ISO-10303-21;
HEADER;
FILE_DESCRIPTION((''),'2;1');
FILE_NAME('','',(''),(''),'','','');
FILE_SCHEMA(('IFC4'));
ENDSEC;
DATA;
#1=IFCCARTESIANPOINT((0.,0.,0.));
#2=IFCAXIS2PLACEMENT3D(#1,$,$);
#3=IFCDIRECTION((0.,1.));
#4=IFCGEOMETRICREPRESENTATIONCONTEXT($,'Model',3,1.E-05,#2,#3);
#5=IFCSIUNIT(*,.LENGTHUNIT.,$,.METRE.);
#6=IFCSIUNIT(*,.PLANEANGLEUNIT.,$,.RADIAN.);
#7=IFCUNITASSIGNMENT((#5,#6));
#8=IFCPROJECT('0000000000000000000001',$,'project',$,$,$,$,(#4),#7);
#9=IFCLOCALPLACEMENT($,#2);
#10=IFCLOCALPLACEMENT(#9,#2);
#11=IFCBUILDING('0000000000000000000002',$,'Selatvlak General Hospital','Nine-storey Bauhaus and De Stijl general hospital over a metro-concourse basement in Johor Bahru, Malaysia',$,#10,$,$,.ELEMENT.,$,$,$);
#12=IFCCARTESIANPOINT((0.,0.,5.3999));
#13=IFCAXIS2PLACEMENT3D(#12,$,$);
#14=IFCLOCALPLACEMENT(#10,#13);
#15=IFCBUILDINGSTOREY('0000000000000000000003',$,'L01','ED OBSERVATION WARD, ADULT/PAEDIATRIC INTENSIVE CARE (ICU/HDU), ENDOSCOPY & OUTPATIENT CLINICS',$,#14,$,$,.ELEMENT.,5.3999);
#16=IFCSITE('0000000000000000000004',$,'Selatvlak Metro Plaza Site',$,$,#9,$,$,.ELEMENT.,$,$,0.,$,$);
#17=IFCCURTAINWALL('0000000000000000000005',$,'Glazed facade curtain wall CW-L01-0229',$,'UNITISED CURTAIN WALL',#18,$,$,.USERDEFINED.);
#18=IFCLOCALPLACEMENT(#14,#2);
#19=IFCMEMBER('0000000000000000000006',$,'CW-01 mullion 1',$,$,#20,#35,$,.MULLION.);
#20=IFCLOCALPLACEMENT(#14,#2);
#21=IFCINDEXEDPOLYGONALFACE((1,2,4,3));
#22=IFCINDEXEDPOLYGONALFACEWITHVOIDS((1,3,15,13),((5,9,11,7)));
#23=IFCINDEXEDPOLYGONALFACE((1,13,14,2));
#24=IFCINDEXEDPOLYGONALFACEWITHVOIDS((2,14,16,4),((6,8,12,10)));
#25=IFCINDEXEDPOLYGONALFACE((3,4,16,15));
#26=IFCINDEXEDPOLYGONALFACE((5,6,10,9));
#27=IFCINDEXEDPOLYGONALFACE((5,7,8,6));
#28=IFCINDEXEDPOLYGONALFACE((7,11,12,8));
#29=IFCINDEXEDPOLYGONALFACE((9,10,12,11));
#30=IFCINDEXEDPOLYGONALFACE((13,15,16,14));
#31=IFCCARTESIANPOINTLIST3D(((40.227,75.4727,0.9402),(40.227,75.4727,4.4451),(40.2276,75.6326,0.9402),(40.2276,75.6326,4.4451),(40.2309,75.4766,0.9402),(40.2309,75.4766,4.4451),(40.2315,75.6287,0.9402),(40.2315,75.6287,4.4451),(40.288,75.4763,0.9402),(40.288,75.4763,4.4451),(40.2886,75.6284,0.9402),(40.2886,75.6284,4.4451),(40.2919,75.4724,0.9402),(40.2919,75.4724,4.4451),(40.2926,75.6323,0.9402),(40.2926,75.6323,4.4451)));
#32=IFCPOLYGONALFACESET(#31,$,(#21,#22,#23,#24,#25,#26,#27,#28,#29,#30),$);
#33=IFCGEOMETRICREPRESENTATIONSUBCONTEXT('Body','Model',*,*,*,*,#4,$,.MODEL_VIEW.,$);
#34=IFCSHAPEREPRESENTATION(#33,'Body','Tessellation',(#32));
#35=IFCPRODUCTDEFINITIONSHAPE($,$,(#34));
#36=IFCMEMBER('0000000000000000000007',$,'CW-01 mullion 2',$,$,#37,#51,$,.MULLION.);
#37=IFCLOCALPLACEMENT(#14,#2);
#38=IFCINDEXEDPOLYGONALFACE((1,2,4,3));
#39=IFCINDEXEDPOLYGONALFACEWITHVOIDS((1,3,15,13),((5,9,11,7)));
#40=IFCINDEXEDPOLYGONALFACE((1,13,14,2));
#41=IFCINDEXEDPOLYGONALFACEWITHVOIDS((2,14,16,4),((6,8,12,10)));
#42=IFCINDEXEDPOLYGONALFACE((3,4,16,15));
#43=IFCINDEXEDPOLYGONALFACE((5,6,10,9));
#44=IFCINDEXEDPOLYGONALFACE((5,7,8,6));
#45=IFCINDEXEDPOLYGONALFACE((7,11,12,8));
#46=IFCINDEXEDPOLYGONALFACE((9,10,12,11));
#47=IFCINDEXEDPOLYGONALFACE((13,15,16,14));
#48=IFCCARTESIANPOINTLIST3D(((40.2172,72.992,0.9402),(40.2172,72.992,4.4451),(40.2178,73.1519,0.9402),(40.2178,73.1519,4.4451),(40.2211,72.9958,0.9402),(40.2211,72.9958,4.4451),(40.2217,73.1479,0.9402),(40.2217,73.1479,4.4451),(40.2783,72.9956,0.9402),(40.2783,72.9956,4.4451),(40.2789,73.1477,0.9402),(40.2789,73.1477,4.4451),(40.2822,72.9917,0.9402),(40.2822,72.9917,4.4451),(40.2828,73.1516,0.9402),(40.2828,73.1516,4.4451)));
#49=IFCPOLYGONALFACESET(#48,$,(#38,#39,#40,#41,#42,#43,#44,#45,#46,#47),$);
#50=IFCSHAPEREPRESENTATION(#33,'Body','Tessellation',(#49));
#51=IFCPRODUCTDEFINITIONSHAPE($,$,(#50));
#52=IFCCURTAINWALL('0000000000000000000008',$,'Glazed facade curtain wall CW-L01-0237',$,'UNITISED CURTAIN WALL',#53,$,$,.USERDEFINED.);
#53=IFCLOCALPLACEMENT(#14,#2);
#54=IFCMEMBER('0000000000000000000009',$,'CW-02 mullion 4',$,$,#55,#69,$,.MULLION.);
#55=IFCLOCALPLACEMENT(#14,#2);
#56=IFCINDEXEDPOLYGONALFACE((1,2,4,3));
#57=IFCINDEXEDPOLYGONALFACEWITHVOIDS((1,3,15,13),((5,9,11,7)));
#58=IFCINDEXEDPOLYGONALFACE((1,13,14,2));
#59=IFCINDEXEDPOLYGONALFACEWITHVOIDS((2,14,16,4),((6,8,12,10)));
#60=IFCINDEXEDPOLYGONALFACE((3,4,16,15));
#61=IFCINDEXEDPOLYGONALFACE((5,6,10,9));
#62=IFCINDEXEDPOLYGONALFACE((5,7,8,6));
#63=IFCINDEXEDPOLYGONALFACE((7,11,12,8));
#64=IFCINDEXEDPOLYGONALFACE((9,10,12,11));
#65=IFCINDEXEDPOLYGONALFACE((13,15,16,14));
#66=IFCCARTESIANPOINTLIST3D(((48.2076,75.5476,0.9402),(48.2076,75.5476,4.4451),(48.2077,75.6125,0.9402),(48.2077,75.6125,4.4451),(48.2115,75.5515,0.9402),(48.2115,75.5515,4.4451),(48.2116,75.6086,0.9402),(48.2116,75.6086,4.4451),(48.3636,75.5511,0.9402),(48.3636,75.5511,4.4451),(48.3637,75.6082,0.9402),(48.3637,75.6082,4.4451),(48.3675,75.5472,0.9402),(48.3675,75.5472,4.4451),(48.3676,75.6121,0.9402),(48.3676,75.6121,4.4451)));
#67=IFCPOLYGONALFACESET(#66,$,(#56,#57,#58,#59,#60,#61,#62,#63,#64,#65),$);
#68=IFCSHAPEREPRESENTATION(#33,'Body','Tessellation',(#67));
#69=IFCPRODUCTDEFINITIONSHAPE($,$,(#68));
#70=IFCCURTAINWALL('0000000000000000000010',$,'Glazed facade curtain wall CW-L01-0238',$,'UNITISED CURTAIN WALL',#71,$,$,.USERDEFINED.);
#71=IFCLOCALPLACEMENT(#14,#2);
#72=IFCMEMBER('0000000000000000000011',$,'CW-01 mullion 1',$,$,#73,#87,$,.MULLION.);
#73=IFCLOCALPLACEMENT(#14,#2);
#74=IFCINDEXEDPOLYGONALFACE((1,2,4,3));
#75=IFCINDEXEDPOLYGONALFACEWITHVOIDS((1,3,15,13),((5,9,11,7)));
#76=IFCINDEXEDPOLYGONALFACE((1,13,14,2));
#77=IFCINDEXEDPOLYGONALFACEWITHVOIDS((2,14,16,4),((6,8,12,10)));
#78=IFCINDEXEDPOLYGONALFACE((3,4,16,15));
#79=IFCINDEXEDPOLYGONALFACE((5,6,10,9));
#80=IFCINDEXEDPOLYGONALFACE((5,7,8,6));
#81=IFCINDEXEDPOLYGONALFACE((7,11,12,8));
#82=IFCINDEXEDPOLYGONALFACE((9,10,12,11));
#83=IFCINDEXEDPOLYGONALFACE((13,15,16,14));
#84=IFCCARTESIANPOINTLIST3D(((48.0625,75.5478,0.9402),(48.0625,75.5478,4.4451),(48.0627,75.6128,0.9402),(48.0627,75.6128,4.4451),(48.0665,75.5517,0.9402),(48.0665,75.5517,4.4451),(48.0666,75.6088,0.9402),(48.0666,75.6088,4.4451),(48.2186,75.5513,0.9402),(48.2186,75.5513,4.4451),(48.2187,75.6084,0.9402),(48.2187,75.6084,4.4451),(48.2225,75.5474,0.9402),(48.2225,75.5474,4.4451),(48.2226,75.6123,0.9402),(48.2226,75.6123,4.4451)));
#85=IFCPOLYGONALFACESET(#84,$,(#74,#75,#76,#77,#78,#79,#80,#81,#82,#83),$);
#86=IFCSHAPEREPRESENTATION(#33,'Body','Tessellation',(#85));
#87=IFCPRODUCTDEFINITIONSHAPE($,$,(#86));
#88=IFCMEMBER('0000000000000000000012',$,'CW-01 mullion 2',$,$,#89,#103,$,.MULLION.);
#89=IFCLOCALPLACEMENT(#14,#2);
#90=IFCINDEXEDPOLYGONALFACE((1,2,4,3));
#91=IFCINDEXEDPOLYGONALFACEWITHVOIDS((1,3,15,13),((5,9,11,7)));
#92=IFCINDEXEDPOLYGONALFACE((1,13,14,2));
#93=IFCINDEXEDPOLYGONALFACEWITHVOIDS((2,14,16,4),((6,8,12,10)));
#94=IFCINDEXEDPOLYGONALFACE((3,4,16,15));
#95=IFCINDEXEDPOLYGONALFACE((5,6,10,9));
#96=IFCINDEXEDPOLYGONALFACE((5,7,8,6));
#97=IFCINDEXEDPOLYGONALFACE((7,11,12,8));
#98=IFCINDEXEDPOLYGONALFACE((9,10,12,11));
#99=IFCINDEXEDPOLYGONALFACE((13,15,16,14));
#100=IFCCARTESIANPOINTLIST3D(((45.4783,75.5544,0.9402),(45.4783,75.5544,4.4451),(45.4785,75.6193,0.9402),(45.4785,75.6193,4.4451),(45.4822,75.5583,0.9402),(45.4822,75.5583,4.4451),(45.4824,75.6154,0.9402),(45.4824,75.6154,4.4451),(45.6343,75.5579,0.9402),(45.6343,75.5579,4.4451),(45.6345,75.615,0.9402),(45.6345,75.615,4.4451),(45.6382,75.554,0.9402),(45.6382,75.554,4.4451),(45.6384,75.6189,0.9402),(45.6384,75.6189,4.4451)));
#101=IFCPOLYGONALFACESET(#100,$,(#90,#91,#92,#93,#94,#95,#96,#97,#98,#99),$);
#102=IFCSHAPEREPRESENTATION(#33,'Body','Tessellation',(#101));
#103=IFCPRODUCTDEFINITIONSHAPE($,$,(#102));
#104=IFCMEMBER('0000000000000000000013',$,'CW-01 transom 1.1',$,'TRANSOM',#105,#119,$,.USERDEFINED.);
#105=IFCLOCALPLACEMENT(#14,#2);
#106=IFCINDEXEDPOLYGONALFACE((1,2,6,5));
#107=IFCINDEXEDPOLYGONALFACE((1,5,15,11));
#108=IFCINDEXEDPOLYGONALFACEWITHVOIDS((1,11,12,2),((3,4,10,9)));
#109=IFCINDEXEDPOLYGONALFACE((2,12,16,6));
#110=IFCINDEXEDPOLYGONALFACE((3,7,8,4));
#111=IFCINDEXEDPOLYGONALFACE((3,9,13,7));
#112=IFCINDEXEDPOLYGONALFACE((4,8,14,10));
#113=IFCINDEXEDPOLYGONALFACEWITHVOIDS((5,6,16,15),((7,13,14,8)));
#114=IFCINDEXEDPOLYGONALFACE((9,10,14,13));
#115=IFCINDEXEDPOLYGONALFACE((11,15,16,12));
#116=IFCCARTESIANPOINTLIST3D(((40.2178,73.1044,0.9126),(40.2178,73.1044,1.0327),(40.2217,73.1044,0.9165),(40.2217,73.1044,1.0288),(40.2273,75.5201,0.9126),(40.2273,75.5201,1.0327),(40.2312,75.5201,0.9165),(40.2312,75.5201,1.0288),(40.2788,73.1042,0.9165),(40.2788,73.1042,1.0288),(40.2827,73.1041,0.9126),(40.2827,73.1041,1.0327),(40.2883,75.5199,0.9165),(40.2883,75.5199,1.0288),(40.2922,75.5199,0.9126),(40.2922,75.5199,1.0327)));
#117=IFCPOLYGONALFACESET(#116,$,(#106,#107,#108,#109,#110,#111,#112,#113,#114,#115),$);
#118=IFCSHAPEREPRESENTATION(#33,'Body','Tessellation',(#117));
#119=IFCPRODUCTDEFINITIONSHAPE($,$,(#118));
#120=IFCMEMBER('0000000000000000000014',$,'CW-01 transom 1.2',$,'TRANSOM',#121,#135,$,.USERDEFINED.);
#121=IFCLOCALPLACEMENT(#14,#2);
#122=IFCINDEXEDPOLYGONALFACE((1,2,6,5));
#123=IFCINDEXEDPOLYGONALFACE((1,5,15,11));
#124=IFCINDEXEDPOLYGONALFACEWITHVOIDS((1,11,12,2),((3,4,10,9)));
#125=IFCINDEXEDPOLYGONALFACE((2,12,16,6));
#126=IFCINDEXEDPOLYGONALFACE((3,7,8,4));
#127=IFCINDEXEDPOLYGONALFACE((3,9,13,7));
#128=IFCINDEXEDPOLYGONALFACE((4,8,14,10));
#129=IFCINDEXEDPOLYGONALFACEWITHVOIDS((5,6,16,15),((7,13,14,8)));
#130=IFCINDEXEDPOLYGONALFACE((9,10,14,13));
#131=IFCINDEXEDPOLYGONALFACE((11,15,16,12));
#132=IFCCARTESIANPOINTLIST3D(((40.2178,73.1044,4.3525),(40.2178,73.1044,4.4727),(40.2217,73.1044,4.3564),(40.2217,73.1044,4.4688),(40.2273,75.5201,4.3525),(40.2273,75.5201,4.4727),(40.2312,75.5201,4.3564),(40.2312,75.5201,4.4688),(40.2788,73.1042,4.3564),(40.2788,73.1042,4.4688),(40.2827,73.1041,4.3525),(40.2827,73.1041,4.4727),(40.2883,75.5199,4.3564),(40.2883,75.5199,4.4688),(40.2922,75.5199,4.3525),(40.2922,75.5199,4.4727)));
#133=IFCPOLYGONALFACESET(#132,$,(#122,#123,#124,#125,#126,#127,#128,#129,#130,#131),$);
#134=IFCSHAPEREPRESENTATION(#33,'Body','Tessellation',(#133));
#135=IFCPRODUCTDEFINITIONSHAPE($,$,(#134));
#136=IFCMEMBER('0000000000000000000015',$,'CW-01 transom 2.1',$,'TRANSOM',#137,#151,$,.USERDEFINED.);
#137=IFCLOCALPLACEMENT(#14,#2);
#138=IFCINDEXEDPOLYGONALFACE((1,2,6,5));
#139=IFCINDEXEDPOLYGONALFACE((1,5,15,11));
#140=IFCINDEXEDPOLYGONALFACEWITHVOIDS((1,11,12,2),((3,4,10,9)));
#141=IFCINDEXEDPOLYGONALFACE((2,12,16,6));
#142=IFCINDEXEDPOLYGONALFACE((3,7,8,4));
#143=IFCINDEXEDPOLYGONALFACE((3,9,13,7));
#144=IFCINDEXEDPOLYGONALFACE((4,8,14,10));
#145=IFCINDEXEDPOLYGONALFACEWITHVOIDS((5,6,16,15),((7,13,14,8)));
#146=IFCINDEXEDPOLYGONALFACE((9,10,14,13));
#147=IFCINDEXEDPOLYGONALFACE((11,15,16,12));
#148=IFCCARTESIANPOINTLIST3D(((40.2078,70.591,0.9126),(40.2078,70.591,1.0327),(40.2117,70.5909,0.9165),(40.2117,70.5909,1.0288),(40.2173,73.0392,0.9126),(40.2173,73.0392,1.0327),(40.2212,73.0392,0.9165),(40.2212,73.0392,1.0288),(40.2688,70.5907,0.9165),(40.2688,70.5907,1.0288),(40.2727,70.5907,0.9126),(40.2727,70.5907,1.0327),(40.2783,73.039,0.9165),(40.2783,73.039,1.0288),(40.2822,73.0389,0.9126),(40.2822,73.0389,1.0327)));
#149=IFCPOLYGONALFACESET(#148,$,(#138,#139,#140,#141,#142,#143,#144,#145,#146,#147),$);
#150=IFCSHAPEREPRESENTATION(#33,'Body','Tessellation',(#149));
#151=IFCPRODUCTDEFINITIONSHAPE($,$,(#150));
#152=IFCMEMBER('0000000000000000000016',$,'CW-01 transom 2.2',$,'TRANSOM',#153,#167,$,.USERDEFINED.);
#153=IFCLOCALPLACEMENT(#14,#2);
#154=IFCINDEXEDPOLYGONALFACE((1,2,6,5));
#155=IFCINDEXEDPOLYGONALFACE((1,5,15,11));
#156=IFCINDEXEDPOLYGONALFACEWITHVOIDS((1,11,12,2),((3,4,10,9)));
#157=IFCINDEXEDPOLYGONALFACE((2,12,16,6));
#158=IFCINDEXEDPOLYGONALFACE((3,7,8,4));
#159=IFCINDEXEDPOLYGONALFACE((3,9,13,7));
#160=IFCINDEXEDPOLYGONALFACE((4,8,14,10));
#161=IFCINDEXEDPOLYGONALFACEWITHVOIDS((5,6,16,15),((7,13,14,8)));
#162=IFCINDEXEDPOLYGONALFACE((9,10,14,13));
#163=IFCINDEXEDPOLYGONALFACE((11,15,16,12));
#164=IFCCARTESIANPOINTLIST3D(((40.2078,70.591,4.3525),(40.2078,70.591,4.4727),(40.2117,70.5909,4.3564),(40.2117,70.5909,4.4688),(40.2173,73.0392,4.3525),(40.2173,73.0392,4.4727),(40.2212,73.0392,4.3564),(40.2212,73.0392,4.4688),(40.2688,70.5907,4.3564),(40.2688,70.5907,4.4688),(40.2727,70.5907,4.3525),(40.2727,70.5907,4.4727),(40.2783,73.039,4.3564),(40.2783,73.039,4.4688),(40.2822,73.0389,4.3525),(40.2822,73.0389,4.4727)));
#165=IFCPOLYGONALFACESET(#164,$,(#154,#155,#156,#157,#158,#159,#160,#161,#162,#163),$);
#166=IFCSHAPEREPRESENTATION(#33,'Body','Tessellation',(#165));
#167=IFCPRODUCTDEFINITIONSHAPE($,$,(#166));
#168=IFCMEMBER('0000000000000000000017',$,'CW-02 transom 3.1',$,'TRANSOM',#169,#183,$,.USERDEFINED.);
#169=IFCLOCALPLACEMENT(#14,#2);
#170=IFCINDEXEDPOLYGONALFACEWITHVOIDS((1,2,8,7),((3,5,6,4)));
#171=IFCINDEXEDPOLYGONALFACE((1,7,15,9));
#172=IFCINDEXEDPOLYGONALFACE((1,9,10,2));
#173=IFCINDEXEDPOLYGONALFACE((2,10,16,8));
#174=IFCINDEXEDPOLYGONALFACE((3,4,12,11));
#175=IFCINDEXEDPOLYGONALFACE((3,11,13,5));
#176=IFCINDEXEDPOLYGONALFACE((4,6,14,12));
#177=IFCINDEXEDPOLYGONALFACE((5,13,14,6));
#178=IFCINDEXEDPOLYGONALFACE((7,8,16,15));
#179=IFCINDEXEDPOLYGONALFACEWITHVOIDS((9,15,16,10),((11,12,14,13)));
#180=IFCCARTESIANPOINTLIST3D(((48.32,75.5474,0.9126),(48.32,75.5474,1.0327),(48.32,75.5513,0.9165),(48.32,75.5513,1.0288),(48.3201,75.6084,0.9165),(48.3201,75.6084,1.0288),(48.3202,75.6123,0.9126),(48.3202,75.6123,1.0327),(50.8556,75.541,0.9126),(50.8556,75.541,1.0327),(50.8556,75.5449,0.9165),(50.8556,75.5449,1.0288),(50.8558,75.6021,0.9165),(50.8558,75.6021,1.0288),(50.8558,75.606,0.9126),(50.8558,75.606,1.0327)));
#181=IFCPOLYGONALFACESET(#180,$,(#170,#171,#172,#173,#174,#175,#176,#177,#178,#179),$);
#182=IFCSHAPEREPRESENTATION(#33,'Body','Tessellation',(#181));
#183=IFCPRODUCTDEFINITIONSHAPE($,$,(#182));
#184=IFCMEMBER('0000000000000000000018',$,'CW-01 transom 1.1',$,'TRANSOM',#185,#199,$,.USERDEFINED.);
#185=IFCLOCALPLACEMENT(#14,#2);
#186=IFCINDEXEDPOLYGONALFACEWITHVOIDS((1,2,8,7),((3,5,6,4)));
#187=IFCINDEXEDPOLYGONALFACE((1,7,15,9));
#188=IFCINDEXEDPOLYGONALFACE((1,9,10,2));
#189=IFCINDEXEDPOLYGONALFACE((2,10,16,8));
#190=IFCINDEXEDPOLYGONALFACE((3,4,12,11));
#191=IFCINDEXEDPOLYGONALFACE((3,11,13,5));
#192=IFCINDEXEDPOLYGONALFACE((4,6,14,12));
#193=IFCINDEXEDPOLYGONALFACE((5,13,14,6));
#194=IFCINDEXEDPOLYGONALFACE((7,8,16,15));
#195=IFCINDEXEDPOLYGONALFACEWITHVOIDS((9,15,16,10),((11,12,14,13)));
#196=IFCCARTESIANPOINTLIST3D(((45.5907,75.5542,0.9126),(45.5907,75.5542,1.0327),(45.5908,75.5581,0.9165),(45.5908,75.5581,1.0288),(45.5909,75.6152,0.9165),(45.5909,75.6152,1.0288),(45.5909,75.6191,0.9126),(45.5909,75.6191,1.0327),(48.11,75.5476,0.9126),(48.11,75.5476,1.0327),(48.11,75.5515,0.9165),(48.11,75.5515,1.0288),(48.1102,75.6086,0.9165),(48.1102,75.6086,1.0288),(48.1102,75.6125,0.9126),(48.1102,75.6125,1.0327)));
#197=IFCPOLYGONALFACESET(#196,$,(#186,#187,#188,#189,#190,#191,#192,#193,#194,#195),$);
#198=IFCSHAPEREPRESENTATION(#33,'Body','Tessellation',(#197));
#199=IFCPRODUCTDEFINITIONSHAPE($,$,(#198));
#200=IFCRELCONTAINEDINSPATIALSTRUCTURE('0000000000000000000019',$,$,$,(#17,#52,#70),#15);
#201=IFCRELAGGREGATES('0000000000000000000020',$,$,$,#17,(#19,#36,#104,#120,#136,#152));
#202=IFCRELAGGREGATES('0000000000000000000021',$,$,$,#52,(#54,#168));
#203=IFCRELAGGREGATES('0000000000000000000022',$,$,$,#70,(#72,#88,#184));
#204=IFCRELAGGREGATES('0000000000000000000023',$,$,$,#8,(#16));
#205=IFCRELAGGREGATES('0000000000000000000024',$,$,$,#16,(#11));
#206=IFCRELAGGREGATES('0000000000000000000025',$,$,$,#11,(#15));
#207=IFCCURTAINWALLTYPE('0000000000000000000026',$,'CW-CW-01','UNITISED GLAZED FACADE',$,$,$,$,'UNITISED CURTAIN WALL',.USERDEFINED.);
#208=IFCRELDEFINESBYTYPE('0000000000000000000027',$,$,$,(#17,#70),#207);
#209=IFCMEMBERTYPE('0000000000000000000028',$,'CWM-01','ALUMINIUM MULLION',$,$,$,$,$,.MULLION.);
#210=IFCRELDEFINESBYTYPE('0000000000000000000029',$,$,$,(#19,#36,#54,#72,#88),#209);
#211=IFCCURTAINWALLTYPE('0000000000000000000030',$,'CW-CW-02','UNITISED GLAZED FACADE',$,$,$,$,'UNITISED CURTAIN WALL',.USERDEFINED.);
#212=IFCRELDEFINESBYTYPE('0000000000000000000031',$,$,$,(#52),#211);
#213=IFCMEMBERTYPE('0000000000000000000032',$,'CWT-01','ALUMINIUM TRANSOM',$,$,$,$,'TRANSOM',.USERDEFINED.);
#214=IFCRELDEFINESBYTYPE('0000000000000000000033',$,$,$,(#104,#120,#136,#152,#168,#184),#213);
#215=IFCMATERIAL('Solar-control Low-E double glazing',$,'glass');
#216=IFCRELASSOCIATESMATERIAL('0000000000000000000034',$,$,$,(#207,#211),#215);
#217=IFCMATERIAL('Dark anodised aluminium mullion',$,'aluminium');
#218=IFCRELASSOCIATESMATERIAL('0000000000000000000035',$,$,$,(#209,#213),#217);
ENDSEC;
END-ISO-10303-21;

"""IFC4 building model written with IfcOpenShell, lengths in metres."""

from ifc_helpers import new_model, si_unit, direction, frame, origin, origin_2d, place, context, subcontext, project, spatial, hollow_rectangle, extrude, material, material_profile, profile_set, type_object, element, aggregate, save


model = new_model("IFC4")

# Units and contexts
model_context = context("Model", 3, precision=1e-05, world=origin(), true_north=direction((0.0, 1.0)))
body_context = subcontext(model_context, "Body", "Model", "MODEL_VIEW")
ifc_project = project(units=[si_unit("LENGTHUNIT", "METRE"), si_unit("PLANEANGLEUNIT", "RADIAN")], contexts=[model_context])

# Site, building, storey
site_placement = place(None, origin())
site = spatial("IfcSite", under=ifc_project, at=site_placement, Name="Selatvlak Metro Plaza Site", CompositionType="ELEMENT", RefElevation=0.0)
building_placement = place(site_placement, origin())
building = spatial("IfcBuilding", under=site, at=building_placement, Name="Selatvlak General Hospital", Description="Nine-storey Bauhaus and De Stijl general hospital over a metro-concourse basement in Johor Bahru, Malaysia", CompositionType="ELEMENT")
storey_placement = place(building_placement, frame((0.0, 0.0, 5.3999)))
storey = spatial("IfcBuildingStorey", under=building, at=storey_placement, Name="L01", Description="ED OBSERVATION WARD, ADULT/PAEDIATRIC INTENSIVE CARE (ICU/HDU), ENDOSCOPY & OUTPATIENT CLINICS", CompositionType="ELEMENT", Elevation=5.3999)

# Curtain wall, members
ifc_material_1 = material(Name="Solar-control Low-E double glazing", Category="glass")
curtain_wall_type_1 = type_object("IfcCurtainWallType", Name="CW-CW-01", Description="UNITISED GLAZED FACADE", ElementType="UNITISED CURTAIN WALL", PredefinedType="USERDEFINED", material=ifc_material_1)
curtain_wall_1_placement = place(storey_placement, origin())
curtain_wall_1 = element("IfcCurtainWall", 1, at=curtain_wall_1_placement, inside=storey, type_object=curtain_wall_type_1, Name="Glazed facade curtain wall CW-L01-0229", ObjectType="UNITISED CURTAIN WALL", PredefinedType="USERDEFINED")
ifc_material_2 = material(Name="Dark anodised aluminium mullion", Category="aluminium")
ifc_material_profile_1 = material_profile(ifc_material_2, hollow_rectangle(XDim=0.0649, YDim=0.1599, WallThickness=0.0039, at=origin_2d()), Name="AL-MUL 65x160x4")
ifc_profile_set_1 = profile_set([ifc_material_profile_1], Name="Dark anodised aluminium mullion")
member_type_1 = type_object("IfcMemberType", Name="CWM-01", Description="ALUMINIUM MULLION", PredefinedType="MULLION", material=ifc_profile_set_1)
member_1_placement = place(storey_placement, frame((40.2598, 75.5525, 0.9402), z_axis=(0.0, 0.0, 1.0), x_axis=(0.999992, -0.003979, 0.0)))
member_1 = element("IfcMember", 2, at=member_1_placement, type_object=member_type_1, Name="CW-01 mullion 1", PredefinedType="MULLION", context=body_context, shape_type="SweptSolid", body=[
    extrude(hollow_rectangle(XDim=0.0649, YDim=0.1599, WallThickness=0.0039, at=origin_2d()), origin(), (0.0, 0.0, 1.0), 3.5049),
])
member_2_placement = place(storey_placement, frame((40.25, 73.0718, 0.9402), z_axis=(0.0, 0.0, 1.0), x_axis=(0.999992, -0.003979, 0.0)))
member_2 = element("IfcMember", 3, at=member_2_placement, type_object=member_type_1, Name="CW-01 mullion 2", PredefinedType="MULLION", context=body_context, shape_type="SweptSolid", body=[
    extrude(hollow_rectangle(XDim=0.0649, YDim=0.1599, WallThickness=0.0039, at=origin_2d()), origin(), (0.0, 0.0, 1.0), 3.5049),
])

# Curtain wall, member
curtain_wall_type_2 = type_object("IfcCurtainWallType", Name="CW-CW-02", Description="UNITISED GLAZED FACADE", ElementType="UNITISED CURTAIN WALL", PredefinedType="USERDEFINED", material=ifc_material_1)
curtain_wall_2_placement = place(storey_placement, origin())
curtain_wall_2 = element("IfcCurtainWall", 4, at=curtain_wall_2_placement, inside=storey, type_object=curtain_wall_type_2, Name="Glazed facade curtain wall CW-L01-0237", ObjectType="UNITISED CURTAIN WALL", PredefinedType="USERDEFINED")
member_3_placement = place(storey_placement, frame((48.2876, 75.5798, 0.9402), z_axis=(0.0, 0.0, 1.0), x_axis=(-0.002532, -0.999997, 0.0)))
member_3 = element("IfcMember", 5, at=member_3_placement, type_object=member_type_1, Name="CW-02 mullion 4", PredefinedType="MULLION", context=body_context, shape_type="SweptSolid", body=[
    extrude(hollow_rectangle(XDim=0.0649, YDim=0.1599, WallThickness=0.0039, at=origin_2d()), origin(), (0.0, 0.0, 1.0), 3.5049),
])

# Curtain wall, members
curtain_wall_3_placement = place(storey_placement, origin())
curtain_wall_3 = element("IfcCurtainWall", 6, at=curtain_wall_3_placement, inside=storey, type_object=curtain_wall_type_1, Name="Glazed facade curtain wall CW-L01-0238", ObjectType="UNITISED CURTAIN WALL", PredefinedType="USERDEFINED")
member_4_placement = place(storey_placement, frame((48.1426, 75.5801, 0.9402), z_axis=(0.0, 0.0, 1.0), x_axis=(-0.002548, -0.999997, 0.0)))
member_4 = element("IfcMember", 7, at=member_4_placement, type_object=member_type_1, Name="CW-01 mullion 1", PredefinedType="MULLION", context=body_context, shape_type="SweptSolid", body=[
    extrude(hollow_rectangle(XDim=0.0649, YDim=0.1599, WallThickness=0.0039, at=origin_2d()), origin(), (0.0, 0.0, 1.0), 3.5049),
])
member_5_placement = place(storey_placement, frame((45.5583, 75.5867, 0.9402), z_axis=(0.0, 0.0, 1.0), x_axis=(-0.002548, -0.999997, 0.0)))
member_5 = element("IfcMember", 8, at=member_5_placement, type_object=member_type_1, Name="CW-01 mullion 2", PredefinedType="MULLION", context=body_context, shape_type="SweptSolid", body=[
    extrude(hollow_rectangle(XDim=0.0649, YDim=0.1599, WallThickness=0.0039, at=origin_2d()), origin(), (0.0, 0.0, 1.0), 3.5049),
])

# Members
ifc_material_profile_2 = material_profile(ifc_material_2, hollow_rectangle(XDim=0.0649, YDim=0.1201, WallThickness=0.0039, at=origin_2d()), Name="AL-TRN 65x120x4")
ifc_profile_set_2 = profile_set([ifc_material_profile_2], Name="Dark anodised aluminium mullion")
member_type_2 = type_object("IfcMemberType", Name="CWT-01", Description="ALUMINIUM TRANSOM", ElementType="TRANSOM", PredefinedType="USERDEFINED", material=ifc_profile_set_2)
member_6_placement = place(storey_placement, frame((40.2598, 75.52, 0.9727), z_axis=(-0.003941, -0.999992, 0.0), x_axis=(0.999992, -0.003941, 0.0)))
member_6 = element("IfcMember", 9, at=member_6_placement, type_object=member_type_2, Name="CW-01 transom 1.1", ObjectType="TRANSOM", PredefinedType="USERDEFINED", context=body_context, shape_type="SweptSolid", body=[
    extrude(hollow_rectangle(XDim=0.0649, YDim=0.1201, WallThickness=0.0039, at=origin_2d()), origin(), (0.0, 0.0, 1.0), 2.4158),
])
member_7_placement = place(storey_placement, frame((40.2598, 75.52, 4.4126), z_axis=(-0.003941, -0.999992, 0.0), x_axis=(0.999992, -0.003941, 0.0)))
member_7 = element("IfcMember", 10, at=member_7_placement, type_object=member_type_2, Name="CW-01 transom 1.2", ObjectType="TRANSOM", PredefinedType="USERDEFINED", context=body_context, shape_type="SweptSolid", body=[
    extrude(hollow_rectangle(XDim=0.0649, YDim=0.1201, WallThickness=0.0039, at=origin_2d()), origin(), (0.0, 0.0, 1.0), 2.4158),
])
member_8_placement = place(storey_placement, frame((40.2498, 73.0391, 0.9727), z_axis=(-0.003889, -0.999992, 0.0), x_axis=(0.999992, -0.003889, 0.0)))
member_8 = element("IfcMember", 11, at=member_8_placement, type_object=member_type_2, Name="CW-01 transom 2.1", ObjectType="TRANSOM", PredefinedType="USERDEFINED", context=body_context, shape_type="SweptSolid", body=[
    extrude(hollow_rectangle(XDim=0.0649, YDim=0.1201, WallThickness=0.0039, at=origin_2d()), origin(), (0.0, 0.0, 1.0), 2.4482),
])
member_9_placement = place(storey_placement, frame((40.2498, 73.0391, 4.4126), z_axis=(-0.003889, -0.999992, 0.0), x_axis=(0.999992, -0.003889, 0.0)))
member_9 = element("IfcMember", 12, at=member_9_placement, type_object=member_type_2, Name="CW-01 transom 2.2", ObjectType="TRANSOM", PredefinedType="USERDEFINED", context=body_context, shape_type="SweptSolid", body=[
    extrude(hollow_rectangle(XDim=0.0649, YDim=0.1201, WallThickness=0.0039, at=origin_2d()), origin(), (0.0, 0.0, 1.0), 2.4482),
])
member_10_placement = place(storey_placement, frame((50.8557, 75.5735, 0.9727), z_axis=(-0.999997, 0.002503, 0.0), x_axis=(-0.002503, -0.999997, 0.0)))
member_10 = element("IfcMember", 13, at=member_10_placement, type_object=member_type_2, Name="CW-02 transom 3.1", ObjectType="TRANSOM", PredefinedType="USERDEFINED", context=body_context, shape_type="SweptSolid", body=[
    extrude(hollow_rectangle(XDim=0.0649, YDim=0.1201, WallThickness=0.0039, at=origin_2d()), origin(), (0.0, 0.0, 1.0), 2.5356),
])
member_11_placement = place(storey_placement, frame((48.1101, 75.5801, 0.9727), z_axis=(-0.999997, 0.002617, 0.0), x_axis=(-0.002617, -0.999997, 0.0)))
member_11 = element("IfcMember", 14, at=member_11_placement, type_object=member_type_2, Name="CW-01 transom 1.1", ObjectType="TRANSOM", PredefinedType="USERDEFINED", context=body_context, shape_type="SweptSolid", body=[
    extrude(hollow_rectangle(XDim=0.0649, YDim=0.1201, WallThickness=0.0039, at=origin_2d()), origin(), (0.0, 0.0, 1.0), 2.5193),
])

aggregate(curtain_wall_1, [member_1, member_2, member_6, member_7, member_8, member_9])
aggregate(curtain_wall_2, [member_3, member_10])
aggregate(curtain_wall_3, [member_4, member_5, member_11])

save(model, "model.ifc")
